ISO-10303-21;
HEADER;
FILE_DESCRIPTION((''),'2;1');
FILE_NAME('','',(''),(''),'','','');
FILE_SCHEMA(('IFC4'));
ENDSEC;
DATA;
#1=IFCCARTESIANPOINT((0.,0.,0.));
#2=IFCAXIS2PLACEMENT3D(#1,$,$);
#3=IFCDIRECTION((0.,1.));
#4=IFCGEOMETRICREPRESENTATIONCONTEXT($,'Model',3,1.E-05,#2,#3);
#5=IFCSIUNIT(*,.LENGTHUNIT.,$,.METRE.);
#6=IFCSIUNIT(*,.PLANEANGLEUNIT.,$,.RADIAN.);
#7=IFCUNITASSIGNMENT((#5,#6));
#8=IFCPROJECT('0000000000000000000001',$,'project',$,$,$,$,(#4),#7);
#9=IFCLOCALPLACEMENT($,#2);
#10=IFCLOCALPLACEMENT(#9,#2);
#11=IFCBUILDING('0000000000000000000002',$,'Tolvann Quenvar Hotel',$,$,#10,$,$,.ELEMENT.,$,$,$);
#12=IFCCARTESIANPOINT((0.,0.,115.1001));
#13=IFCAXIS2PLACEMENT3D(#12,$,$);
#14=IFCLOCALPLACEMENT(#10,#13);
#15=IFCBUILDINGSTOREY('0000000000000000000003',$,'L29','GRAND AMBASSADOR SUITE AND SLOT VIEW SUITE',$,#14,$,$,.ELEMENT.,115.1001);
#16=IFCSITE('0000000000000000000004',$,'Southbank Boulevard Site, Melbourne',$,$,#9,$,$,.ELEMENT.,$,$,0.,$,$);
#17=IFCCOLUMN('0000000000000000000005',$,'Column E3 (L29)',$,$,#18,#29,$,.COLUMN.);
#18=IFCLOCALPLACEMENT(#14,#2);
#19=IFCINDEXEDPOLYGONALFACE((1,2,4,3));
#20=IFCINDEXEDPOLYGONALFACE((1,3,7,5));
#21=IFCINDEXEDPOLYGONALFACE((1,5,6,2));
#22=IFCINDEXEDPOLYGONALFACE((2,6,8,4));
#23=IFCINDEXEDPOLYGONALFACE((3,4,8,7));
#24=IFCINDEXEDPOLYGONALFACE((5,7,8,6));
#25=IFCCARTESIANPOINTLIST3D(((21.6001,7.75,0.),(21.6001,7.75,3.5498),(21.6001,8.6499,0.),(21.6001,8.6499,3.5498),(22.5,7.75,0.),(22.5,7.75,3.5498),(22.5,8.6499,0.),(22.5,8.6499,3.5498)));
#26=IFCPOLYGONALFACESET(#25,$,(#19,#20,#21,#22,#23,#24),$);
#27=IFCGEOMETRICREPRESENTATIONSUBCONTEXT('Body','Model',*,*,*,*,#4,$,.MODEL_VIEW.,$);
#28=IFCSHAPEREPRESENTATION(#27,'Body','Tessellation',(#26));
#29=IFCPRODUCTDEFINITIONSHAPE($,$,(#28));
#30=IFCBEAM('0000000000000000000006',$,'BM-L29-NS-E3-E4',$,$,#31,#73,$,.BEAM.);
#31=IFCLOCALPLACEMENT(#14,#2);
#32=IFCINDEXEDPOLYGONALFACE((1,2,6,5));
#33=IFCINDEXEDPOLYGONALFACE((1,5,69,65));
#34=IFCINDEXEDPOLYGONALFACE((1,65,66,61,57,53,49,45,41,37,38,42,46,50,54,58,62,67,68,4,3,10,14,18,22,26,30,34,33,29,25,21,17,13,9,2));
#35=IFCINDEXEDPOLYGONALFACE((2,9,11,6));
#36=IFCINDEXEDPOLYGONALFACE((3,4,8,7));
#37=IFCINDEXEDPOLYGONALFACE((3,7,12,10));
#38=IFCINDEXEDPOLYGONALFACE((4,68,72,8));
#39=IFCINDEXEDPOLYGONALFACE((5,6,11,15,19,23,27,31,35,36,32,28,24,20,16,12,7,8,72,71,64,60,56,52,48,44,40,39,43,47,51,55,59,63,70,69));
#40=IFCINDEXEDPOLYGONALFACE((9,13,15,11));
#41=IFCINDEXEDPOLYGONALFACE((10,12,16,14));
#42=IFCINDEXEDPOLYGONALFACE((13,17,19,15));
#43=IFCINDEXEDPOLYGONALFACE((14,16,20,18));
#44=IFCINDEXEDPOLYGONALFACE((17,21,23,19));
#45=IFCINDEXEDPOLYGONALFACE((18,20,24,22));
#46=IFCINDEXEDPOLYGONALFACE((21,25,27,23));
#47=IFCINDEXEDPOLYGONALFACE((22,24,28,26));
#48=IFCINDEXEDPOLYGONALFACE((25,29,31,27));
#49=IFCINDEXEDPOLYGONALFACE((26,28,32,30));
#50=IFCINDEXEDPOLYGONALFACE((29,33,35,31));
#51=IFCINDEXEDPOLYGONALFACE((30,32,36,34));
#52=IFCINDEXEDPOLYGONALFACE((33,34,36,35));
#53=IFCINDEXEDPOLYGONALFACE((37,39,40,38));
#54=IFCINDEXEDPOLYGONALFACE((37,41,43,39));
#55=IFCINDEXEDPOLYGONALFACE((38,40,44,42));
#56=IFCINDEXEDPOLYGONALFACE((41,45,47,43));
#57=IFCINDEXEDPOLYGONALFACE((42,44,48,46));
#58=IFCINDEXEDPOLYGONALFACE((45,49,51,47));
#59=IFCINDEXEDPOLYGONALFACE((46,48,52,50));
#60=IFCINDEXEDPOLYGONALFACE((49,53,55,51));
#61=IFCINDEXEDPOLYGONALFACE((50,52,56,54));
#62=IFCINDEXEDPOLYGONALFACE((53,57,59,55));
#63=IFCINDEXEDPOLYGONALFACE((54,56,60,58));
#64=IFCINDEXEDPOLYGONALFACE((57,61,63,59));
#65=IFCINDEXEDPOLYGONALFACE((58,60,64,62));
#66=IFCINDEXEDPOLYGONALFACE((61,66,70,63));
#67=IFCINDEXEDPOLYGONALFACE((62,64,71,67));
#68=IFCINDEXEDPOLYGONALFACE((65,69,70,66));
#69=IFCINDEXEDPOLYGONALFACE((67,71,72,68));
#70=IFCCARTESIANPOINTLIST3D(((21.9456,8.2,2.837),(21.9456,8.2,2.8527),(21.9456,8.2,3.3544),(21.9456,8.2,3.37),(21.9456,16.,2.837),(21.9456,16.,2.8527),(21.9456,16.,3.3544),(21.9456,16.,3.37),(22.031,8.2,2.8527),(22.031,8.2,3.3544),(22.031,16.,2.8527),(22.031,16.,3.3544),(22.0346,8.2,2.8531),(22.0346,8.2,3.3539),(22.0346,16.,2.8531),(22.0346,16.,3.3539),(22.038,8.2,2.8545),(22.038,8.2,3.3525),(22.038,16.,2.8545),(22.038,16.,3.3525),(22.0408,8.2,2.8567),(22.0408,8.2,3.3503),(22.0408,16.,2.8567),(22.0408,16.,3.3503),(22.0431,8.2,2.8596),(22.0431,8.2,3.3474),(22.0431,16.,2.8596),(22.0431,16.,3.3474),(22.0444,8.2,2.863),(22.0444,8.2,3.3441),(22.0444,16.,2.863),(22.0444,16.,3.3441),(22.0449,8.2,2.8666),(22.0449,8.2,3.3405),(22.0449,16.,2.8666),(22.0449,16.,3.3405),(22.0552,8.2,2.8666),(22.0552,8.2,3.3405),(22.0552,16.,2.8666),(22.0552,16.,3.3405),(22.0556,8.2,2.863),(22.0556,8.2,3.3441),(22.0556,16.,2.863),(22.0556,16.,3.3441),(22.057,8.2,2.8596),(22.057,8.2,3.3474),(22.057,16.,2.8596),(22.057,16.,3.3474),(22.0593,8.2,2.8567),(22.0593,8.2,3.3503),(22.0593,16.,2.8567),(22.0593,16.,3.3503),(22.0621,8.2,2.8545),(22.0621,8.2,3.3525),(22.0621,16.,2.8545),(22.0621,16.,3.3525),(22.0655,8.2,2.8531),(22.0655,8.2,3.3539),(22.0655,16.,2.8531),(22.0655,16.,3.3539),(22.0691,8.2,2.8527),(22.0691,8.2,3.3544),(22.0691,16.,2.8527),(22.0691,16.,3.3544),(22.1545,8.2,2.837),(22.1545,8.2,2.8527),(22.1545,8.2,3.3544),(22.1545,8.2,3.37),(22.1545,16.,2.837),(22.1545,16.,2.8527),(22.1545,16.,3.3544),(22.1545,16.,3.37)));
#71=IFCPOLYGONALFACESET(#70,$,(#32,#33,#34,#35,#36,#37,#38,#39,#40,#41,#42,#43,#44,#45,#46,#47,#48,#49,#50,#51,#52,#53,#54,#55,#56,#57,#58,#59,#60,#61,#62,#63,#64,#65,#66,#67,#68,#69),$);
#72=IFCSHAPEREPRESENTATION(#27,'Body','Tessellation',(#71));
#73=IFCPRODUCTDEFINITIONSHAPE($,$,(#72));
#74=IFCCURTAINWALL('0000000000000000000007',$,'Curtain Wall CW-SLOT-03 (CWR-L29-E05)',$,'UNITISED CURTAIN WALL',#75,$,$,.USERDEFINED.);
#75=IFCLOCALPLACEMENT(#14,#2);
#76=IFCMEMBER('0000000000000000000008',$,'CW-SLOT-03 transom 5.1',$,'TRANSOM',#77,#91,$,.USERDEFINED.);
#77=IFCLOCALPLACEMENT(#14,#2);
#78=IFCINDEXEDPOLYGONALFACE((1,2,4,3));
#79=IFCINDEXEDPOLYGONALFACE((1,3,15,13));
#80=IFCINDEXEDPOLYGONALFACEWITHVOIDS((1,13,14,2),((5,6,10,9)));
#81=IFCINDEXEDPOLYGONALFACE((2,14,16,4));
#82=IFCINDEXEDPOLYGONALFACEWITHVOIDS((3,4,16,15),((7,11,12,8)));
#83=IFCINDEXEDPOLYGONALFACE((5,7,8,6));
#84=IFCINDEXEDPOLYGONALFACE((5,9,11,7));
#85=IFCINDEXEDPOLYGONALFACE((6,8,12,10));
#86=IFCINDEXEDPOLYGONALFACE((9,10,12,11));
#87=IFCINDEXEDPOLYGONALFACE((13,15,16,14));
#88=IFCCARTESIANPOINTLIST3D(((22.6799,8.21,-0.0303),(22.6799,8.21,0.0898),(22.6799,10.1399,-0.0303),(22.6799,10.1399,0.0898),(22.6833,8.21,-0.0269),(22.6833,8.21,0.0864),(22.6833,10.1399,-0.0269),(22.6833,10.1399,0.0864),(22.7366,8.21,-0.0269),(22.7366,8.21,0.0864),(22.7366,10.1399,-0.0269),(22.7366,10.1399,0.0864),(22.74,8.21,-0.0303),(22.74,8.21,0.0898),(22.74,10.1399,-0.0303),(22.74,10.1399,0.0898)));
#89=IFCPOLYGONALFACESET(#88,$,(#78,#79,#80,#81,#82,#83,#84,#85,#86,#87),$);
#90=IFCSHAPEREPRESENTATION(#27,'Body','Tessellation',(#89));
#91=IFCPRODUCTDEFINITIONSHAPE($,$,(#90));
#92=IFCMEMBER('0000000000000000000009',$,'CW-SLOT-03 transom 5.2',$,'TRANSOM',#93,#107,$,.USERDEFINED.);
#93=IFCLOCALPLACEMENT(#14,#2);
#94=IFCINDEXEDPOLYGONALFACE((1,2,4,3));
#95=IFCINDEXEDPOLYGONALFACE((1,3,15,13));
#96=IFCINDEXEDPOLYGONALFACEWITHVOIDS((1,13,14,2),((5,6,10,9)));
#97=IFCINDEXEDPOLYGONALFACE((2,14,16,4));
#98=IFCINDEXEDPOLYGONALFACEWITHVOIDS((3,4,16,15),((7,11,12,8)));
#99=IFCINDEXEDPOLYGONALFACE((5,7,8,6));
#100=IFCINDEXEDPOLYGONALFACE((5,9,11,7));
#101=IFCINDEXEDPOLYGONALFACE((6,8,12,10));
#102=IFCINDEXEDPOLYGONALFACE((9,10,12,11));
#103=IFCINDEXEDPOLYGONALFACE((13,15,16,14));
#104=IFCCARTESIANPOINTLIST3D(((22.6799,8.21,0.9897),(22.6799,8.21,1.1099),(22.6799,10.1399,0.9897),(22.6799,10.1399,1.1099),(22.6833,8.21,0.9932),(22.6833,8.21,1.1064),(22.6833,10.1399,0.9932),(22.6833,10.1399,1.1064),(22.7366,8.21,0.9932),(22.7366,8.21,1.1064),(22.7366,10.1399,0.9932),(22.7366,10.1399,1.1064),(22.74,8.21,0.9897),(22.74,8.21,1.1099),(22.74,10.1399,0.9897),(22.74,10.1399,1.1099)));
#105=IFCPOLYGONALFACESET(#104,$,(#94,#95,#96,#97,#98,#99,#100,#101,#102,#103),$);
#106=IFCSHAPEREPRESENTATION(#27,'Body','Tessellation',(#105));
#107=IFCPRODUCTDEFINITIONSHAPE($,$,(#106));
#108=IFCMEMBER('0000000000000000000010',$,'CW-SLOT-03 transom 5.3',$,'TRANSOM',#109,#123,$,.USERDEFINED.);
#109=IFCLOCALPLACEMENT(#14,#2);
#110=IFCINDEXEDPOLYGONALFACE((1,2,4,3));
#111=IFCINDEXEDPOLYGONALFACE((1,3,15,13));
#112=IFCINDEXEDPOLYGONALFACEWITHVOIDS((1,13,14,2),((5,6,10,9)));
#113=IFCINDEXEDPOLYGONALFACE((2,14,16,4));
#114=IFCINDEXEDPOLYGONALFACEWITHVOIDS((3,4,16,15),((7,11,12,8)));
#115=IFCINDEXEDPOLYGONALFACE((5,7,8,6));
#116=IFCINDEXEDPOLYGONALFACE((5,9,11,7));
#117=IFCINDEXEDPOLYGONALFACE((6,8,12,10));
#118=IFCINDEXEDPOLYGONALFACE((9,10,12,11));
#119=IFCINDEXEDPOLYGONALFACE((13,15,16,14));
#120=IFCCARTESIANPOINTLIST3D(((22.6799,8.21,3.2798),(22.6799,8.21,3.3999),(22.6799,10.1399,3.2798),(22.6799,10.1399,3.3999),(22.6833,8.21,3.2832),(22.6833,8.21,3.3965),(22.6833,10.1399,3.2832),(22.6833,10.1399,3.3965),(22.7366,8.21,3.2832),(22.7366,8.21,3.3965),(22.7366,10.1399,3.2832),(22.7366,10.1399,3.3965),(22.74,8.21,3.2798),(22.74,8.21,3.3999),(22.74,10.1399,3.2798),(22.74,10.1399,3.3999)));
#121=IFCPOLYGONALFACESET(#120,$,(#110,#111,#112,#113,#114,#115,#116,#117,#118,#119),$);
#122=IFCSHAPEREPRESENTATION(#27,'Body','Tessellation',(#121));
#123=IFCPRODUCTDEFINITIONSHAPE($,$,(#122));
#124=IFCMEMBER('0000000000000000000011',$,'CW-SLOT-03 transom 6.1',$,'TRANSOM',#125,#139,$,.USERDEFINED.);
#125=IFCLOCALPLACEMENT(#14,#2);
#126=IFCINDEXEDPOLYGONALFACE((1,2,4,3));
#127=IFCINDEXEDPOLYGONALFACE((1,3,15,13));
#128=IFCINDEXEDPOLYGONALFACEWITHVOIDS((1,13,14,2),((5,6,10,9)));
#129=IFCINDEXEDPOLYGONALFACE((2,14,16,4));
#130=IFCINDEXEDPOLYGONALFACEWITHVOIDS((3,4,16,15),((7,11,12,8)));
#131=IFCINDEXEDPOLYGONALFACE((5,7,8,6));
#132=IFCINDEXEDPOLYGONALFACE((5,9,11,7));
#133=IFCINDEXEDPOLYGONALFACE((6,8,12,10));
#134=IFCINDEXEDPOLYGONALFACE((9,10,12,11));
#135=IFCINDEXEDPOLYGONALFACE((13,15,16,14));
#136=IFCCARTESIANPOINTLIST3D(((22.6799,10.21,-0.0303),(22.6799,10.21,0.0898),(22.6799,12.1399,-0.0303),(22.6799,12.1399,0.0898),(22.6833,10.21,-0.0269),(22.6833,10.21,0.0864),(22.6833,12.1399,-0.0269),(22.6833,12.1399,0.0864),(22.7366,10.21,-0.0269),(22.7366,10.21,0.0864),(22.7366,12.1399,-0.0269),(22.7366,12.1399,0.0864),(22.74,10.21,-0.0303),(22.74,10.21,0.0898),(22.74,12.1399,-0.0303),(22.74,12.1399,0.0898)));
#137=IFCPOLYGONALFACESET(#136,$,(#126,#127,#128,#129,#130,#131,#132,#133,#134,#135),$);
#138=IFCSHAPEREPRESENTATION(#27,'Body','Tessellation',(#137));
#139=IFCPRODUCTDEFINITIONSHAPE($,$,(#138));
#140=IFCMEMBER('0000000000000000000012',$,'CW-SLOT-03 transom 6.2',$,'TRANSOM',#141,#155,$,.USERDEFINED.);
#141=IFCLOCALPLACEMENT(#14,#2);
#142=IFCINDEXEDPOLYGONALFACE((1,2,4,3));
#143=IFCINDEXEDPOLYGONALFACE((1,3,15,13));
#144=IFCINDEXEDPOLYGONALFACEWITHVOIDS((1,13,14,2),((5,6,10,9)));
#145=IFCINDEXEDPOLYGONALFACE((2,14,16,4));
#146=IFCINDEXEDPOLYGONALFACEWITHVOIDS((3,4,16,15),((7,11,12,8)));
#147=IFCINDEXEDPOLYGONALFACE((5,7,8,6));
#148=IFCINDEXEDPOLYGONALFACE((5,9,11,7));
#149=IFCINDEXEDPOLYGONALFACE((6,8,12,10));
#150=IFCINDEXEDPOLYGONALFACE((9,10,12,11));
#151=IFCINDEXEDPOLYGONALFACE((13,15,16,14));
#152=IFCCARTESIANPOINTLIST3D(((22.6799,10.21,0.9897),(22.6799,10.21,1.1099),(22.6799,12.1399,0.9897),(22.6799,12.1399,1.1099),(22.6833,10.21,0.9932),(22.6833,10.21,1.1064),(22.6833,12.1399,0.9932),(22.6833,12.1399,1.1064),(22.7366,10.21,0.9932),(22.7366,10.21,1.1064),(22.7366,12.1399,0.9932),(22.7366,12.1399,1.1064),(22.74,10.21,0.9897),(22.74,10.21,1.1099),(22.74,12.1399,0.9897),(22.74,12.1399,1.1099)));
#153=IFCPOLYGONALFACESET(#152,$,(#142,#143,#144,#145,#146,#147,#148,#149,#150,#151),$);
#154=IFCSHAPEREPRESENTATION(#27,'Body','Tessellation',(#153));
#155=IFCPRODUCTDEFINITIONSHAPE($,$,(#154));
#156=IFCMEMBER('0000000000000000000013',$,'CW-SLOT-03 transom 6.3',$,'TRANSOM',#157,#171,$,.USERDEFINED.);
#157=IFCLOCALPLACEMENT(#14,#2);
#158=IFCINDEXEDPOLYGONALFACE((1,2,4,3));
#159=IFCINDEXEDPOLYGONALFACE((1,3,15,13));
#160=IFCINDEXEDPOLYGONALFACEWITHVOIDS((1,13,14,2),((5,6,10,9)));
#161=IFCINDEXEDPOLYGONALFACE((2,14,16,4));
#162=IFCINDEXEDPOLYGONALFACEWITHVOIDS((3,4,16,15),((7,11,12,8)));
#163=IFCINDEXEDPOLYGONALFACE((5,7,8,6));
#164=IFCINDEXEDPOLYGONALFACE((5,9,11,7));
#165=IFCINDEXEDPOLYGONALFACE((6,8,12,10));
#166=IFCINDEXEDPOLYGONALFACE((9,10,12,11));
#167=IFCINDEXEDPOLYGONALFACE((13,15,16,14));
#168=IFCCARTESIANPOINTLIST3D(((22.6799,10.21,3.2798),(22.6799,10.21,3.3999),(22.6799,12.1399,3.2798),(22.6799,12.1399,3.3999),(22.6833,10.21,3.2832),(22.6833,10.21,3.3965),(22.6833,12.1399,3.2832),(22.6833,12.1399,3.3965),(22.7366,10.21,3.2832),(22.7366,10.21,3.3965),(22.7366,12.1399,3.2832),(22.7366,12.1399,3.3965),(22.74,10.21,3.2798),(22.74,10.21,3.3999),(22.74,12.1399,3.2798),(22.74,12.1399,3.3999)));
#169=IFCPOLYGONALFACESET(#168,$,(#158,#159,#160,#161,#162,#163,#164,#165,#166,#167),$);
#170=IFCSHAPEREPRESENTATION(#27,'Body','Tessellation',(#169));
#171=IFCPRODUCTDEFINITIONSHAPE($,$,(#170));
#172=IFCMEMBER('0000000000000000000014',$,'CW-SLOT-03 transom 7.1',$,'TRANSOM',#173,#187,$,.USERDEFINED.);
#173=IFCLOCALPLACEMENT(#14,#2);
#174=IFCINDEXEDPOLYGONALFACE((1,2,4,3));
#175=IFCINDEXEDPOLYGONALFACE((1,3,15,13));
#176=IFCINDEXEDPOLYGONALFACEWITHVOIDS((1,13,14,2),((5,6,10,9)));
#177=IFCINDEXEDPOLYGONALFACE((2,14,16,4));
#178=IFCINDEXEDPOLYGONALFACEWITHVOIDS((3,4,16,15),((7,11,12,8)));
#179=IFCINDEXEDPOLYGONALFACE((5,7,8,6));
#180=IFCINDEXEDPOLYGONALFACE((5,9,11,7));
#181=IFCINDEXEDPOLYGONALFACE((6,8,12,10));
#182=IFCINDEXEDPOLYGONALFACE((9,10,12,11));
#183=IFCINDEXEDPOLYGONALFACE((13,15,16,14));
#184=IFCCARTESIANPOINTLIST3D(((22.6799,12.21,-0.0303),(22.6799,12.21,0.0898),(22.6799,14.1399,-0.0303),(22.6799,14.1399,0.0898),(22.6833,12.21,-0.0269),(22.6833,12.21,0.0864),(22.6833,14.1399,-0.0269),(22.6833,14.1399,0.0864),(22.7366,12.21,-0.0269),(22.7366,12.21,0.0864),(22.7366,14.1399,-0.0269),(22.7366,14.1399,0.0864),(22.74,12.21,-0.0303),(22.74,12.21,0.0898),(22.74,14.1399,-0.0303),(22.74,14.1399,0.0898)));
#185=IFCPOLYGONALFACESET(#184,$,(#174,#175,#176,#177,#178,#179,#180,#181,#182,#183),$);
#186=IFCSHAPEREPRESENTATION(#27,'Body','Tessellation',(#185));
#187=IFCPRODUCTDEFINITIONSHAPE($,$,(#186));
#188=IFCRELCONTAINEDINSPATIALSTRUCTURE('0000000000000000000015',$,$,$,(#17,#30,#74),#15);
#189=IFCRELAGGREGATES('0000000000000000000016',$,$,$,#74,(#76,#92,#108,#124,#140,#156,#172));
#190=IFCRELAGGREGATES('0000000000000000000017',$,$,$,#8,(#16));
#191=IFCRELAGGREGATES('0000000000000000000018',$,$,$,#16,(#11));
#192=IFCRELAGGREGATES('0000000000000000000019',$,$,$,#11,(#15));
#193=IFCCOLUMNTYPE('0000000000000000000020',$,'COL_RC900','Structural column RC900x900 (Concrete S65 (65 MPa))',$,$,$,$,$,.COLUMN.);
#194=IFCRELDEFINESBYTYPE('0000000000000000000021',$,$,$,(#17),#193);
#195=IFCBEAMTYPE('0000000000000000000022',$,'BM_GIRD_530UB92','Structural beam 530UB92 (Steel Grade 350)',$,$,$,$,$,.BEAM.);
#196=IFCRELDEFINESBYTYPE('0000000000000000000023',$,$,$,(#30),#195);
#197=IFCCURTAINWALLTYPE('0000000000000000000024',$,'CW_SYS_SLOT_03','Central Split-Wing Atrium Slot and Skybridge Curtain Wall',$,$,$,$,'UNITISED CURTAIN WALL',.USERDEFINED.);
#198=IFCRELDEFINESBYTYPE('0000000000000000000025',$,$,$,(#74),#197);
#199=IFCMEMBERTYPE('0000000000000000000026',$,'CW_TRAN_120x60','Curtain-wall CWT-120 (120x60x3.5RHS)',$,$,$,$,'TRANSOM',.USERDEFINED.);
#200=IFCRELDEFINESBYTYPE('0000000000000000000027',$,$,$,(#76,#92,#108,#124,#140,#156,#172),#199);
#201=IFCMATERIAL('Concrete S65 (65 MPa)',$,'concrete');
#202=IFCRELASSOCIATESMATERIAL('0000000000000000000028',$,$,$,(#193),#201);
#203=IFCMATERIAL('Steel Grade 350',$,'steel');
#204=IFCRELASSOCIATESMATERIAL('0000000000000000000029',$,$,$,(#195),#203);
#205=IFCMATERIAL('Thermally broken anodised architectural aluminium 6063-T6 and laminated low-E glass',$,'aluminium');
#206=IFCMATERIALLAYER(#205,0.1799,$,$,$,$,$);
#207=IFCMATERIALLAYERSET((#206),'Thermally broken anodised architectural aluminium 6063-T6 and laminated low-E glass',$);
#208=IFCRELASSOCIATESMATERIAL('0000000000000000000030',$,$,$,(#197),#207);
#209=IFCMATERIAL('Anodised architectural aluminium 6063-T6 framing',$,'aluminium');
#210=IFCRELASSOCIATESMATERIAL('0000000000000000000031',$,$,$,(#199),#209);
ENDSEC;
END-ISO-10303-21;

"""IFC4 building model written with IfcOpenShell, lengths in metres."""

from ifc_helpers import new_model, si_unit, direction, frame, origin, origin_2d, place, context, subcontext, project, spatial, rectangle, hollow_rectangle, i_section, extrude, source, transform, mapped, material, layer, layer_set, material_profile, profile_set, type_object, type_shapes, element, aggregate, save


model = new_model("IFC4")

# Units and contexts
model_context = context("Model", 3, precision=1e-05, world=origin(), true_north=direction((0.0, 1.0)))
body_context = subcontext(model_context, "Body", "Model", "MODEL_VIEW")
ifc_project = project(units=[si_unit("LENGTHUNIT", "METRE"), si_unit("PLANEANGLEUNIT", "RADIAN")], contexts=[model_context])

# Site, building, storey
site_placement = place(None, origin())
site = spatial("IfcSite", under=ifc_project, at=site_placement, Name="Southbank Boulevard Site, Melbourne", CompositionType="ELEMENT", RefElevation=0.0)
building_placement = place(site_placement, origin())
building = spatial("IfcBuilding", under=site, at=building_placement, Name="Tolvann Quenvar Hotel", CompositionType="ELEMENT")
storey_placement = place(building_placement, frame((0.0, 0.0, 115.1001)))
storey = spatial("IfcBuildingStorey", under=building, at=storey_placement, Name="L29", Description="GRAND AMBASSADOR SUITE AND SLOT VIEW SUITE", CompositionType="ELEMENT", Elevation=115.1001)

# Column
ifc_material_1 = material(Name="Concrete S65 (65 MPa)", Category="concrete")
ifc_material_profile_1 = material_profile(ifc_material_1, rectangle(XDim=0.8999, YDim=0.8999, at=origin_2d()), Name="RC900x900")
ifc_profile_set_1 = profile_set([ifc_material_profile_1], Name="Concrete S65 (65 MPa)")
column_type = type_object("IfcColumnType", Name="COL_RC900", Description="Structural column RC900x900 (Concrete S65 (65 MPa))", PredefinedType="COLUMN", material=ifc_profile_set_1)
shared_shape_1 = source(origin(), body_context, "Body", "SweptSolid", [
    extrude(rectangle(XDim=0.8999, YDim=0.8999, at=origin_2d()), origin(), (0.0, 0.0, 1.0), 3.5498),
])
type_shapes(column_type, [shared_shape_1])
column_placement = place(storey_placement, frame((22.05, 8.2, 0.0), z_axis=(0.0, 0.0, 1.0), x_axis=(1.0, 0.0, 0.0)))
element("IfcColumn", 1, at=column_placement, inside=storey, type_object=column_type, Name="Column E3 (L29)", PredefinedType="COLUMN", context=body_context, shape_type="MappedRepresentation", body=[
    mapped(shared_shape_1, transform((0.0, 0.0, 0.0), x_axis=(1.0, 0.0, 0.0), y_axis=(0.0, 1.0, 0.0), z_axis=(0.0, 0.0, 1.0), scale=1.0)),
])

# Beam
ifc_material_2 = material(Name="Steel Grade 350", Category="steel")
ifc_material_profile_2 = material_profile(ifc_material_2, i_section(OverallWidth=0.209, OverallDepth=0.533, WebThickness=0.0103, FlangeThickness=0.0156, FilletRadius=0.0139, at=origin_2d()), Name="530UB92")
ifc_profile_set_2 = profile_set([ifc_material_profile_2], Name="Steel Grade 350")
beam_type = type_object("IfcBeamType", Name="BM_GIRD_530UB92", Description="Structural beam 530UB92 (Steel Grade 350)", PredefinedType="BEAM", material=ifc_profile_set_2)
shared_shape_2 = source(origin(), body_context, "Body", "SweptSolid", [
    extrude(i_section(OverallWidth=0.209, OverallDepth=0.533, WebThickness=0.0103, FlangeThickness=0.0156, FilletRadius=0.0139, at=origin_2d()), origin(), (0.0, 0.0, 1.0), 7.8),
])
type_shapes(beam_type, [shared_shape_2])
beam_placement = place(storey_placement, frame((22.05, 8.2, 3.1035), z_axis=(0.0, 1.0, 0.0), x_axis=(-1.0, 0.0, 0.0)))
element("IfcBeam", 2, at=beam_placement, inside=storey, type_object=beam_type, Name="BM-L29-NS-E3-E4", PredefinedType="BEAM", context=body_context, shape_type="MappedRepresentation", body=[
    mapped(shared_shape_2, transform((0.0, 0.0, 0.0), x_axis=(1.0, 0.0, 0.0), y_axis=(0.0, 1.0, 0.0), z_axis=(0.0, 0.0, 1.0), scale=1.0)),
])

# Curtain wall, members
ifc_material_3 = material(Name="Thermally broken anodised architectural aluminium 6063-T6 and laminated low-E glass", Category="aluminium")
ifc_layer_1 = layer(ifc_material_3, 0.1799)
ifc_layer_set_1 = layer_set([ifc_layer_1], Name="Thermally broken anodised architectural aluminium 6063-T6 and laminated low-E glass")
curtain_wall_type = type_object("IfcCurtainWallType", Name="CW_SYS_SLOT_03", Description="Central Split-Wing Atrium Slot and Skybridge Curtain Wall", ElementType="UNITISED CURTAIN WALL", PredefinedType="USERDEFINED", material=ifc_layer_set_1)
curtain_wall_placement = place(storey_placement, origin())
curtain_wall = element("IfcCurtainWall", 3, at=curtain_wall_placement, inside=storey, type_object=curtain_wall_type, Name="Curtain Wall CW-SLOT-03 (CWR-L29-E05)", ObjectType="UNITISED CURTAIN WALL", PredefinedType="USERDEFINED")
ifc_material_4 = material(Name="Anodised architectural aluminium 6063-T6 framing", Category="aluminium")
ifc_material_profile_3 = material_profile(ifc_material_4, hollow_rectangle(XDim=0.0601, YDim=0.1201, WallThickness=0.0034, at=origin_2d()), Name="120x60x3.5RHS")
ifc_profile_set_3 = profile_set([ifc_material_profile_3], Name="Anodised architectural aluminium 6063-T6 framing")
member_type_1 = type_object("IfcMemberType", Name="CW_TRAN_120x60", Description="Curtain-wall CWT-120 (120x60x3.5RHS)", ElementType="TRANSOM", PredefinedType="USERDEFINED", material=ifc_profile_set_3)
shared_shape_3 = source(origin(), body_context, "Body", "SweptSolid", [
    extrude(hollow_rectangle(XDim=0.0601, YDim=0.1201, WallThickness=0.0034, at=origin_2d()), origin(), (0.0, 0.0, 1.0), 1.9299),
])
member_1_placement = place(storey_placement, frame((22.71, 8.21, 0.0298), z_axis=(0.0, 1.0, 0.0), x_axis=(-1.0, 0.0, 0.0)))
member_1 = element("IfcMember", 4, at=member_1_placement, type_object=member_type_1, Name="CW-SLOT-03 transom 5.1", ObjectType="TRANSOM", PredefinedType="USERDEFINED", context=body_context, shape_type="MappedRepresentation", body=[
    mapped(shared_shape_3, transform((0.0, 0.0, 0.0), x_axis=(1.0, 0.0, 0.0), y_axis=(0.0, 1.0, 0.0), z_axis=(0.0, 0.0, 1.0), scale=1.0)),
])
member_2_placement = place(storey_placement, frame((22.71, 8.21, 1.0498), z_axis=(0.0, 1.0, 0.0), x_axis=(-1.0, 0.0, 0.0)))
member_2 = element("IfcMember", 5, at=member_2_placement, type_object=member_type_1, Name="CW-SLOT-03 transom 5.2", ObjectType="TRANSOM", PredefinedType="USERDEFINED", context=body_context, shape_type="MappedRepresentation", body=[
    mapped(shared_shape_3, transform((0.0, 0.0, 0.0), x_axis=(1.0, 0.0, 0.0), y_axis=(0.0, 1.0, 0.0), z_axis=(0.0, 0.0, 1.0), scale=1.0)),
])
member_3_placement = place(storey_placement, frame((22.71, 8.21, 3.3398), z_axis=(0.0, 1.0, 0.0), x_axis=(-1.0, 0.0, 0.0)))
member_3 = element("IfcMember", 6, at=member_3_placement, type_object=member_type_1, Name="CW-SLOT-03 transom 5.3", ObjectType="TRANSOM", PredefinedType="USERDEFINED", context=body_context, shape_type="MappedRepresentation", body=[
    mapped(shared_shape_3, transform((0.0, 0.0, 0.0), x_axis=(1.0, 0.0, 0.0), y_axis=(0.0, 1.0, 0.0), z_axis=(0.0, 0.0, 1.0), scale=1.0)),
])
member_4_placement = place(storey_placement, frame((22.71, 10.21, 0.0298), z_axis=(0.0, 1.0, 0.0), x_axis=(-1.0, 0.0, 0.0)))
member_4 = element("IfcMember", 7, at=member_4_placement, type_object=member_type_1, Name="CW-SLOT-03 transom 6.1", ObjectType="TRANSOM", PredefinedType="USERDEFINED", context=body_context, shape_type="MappedRepresentation", body=[
    mapped(shared_shape_3, transform((0.0, 0.0, 0.0), x_axis=(1.0, 0.0, 0.0), y_axis=(0.0, 1.0, 0.0), z_axis=(0.0, 0.0, 1.0), scale=1.0)),
])
member_5_placement = place(storey_placement, frame((22.71, 10.21, 1.0498), z_axis=(0.0, 1.0, 0.0), x_axis=(-1.0, 0.0, 0.0)))
member_5 = element("IfcMember", 8, at=member_5_placement, type_object=member_type_1, Name="CW-SLOT-03 transom 6.2", ObjectType="TRANSOM", PredefinedType="USERDEFINED", context=body_context, shape_type="MappedRepresentation", body=[
    mapped(shared_shape_3, transform((0.0, 0.0, 0.0), x_axis=(1.0, 0.0, 0.0), y_axis=(0.0, 1.0, 0.0), z_axis=(0.0, 0.0, 1.0), scale=1.0)),
])
member_6_placement = place(storey_placement, frame((22.71, 10.21, 3.3398), z_axis=(0.0, 1.0, 0.0), x_axis=(-1.0, 0.0, 0.0)))
member_6 = element("IfcMember", 9, at=member_6_placement, type_object=member_type_1, Name="CW-SLOT-03 transom 6.3", ObjectType="TRANSOM", PredefinedType="USERDEFINED", context=body_context, shape_type="MappedRepresentation", body=[
    mapped(shared_shape_3, transform((0.0, 0.0, 0.0), x_axis=(1.0, 0.0, 0.0), y_axis=(0.0, 1.0, 0.0), z_axis=(0.0, 0.0, 1.0), scale=1.0)),
])
member_7_placement = place(storey_placement, frame((22.71, 12.21, 0.0298), z_axis=(0.0, 1.0, 0.0), x_axis=(-1.0, 0.0, 0.0)))
member_7 = element("IfcMember", 10, at=member_7_placement, type_object=member_type_1, Name="CW-SLOT-03 transom 7.1", ObjectType="TRANSOM", PredefinedType="USERDEFINED", context=body_context, shape_type="MappedRepresentation", body=[
    mapped(shared_shape_3, transform((0.0, 0.0, 0.0), x_axis=(1.0, 0.0, 0.0), y_axis=(0.0, 1.0, 0.0), z_axis=(0.0, 0.0, 1.0), scale=1.0)),
])
aggregate(curtain_wall, [member_1, member_2, member_3, member_4, member_5, member_6, member_7])

save(model, "model.ifc")
